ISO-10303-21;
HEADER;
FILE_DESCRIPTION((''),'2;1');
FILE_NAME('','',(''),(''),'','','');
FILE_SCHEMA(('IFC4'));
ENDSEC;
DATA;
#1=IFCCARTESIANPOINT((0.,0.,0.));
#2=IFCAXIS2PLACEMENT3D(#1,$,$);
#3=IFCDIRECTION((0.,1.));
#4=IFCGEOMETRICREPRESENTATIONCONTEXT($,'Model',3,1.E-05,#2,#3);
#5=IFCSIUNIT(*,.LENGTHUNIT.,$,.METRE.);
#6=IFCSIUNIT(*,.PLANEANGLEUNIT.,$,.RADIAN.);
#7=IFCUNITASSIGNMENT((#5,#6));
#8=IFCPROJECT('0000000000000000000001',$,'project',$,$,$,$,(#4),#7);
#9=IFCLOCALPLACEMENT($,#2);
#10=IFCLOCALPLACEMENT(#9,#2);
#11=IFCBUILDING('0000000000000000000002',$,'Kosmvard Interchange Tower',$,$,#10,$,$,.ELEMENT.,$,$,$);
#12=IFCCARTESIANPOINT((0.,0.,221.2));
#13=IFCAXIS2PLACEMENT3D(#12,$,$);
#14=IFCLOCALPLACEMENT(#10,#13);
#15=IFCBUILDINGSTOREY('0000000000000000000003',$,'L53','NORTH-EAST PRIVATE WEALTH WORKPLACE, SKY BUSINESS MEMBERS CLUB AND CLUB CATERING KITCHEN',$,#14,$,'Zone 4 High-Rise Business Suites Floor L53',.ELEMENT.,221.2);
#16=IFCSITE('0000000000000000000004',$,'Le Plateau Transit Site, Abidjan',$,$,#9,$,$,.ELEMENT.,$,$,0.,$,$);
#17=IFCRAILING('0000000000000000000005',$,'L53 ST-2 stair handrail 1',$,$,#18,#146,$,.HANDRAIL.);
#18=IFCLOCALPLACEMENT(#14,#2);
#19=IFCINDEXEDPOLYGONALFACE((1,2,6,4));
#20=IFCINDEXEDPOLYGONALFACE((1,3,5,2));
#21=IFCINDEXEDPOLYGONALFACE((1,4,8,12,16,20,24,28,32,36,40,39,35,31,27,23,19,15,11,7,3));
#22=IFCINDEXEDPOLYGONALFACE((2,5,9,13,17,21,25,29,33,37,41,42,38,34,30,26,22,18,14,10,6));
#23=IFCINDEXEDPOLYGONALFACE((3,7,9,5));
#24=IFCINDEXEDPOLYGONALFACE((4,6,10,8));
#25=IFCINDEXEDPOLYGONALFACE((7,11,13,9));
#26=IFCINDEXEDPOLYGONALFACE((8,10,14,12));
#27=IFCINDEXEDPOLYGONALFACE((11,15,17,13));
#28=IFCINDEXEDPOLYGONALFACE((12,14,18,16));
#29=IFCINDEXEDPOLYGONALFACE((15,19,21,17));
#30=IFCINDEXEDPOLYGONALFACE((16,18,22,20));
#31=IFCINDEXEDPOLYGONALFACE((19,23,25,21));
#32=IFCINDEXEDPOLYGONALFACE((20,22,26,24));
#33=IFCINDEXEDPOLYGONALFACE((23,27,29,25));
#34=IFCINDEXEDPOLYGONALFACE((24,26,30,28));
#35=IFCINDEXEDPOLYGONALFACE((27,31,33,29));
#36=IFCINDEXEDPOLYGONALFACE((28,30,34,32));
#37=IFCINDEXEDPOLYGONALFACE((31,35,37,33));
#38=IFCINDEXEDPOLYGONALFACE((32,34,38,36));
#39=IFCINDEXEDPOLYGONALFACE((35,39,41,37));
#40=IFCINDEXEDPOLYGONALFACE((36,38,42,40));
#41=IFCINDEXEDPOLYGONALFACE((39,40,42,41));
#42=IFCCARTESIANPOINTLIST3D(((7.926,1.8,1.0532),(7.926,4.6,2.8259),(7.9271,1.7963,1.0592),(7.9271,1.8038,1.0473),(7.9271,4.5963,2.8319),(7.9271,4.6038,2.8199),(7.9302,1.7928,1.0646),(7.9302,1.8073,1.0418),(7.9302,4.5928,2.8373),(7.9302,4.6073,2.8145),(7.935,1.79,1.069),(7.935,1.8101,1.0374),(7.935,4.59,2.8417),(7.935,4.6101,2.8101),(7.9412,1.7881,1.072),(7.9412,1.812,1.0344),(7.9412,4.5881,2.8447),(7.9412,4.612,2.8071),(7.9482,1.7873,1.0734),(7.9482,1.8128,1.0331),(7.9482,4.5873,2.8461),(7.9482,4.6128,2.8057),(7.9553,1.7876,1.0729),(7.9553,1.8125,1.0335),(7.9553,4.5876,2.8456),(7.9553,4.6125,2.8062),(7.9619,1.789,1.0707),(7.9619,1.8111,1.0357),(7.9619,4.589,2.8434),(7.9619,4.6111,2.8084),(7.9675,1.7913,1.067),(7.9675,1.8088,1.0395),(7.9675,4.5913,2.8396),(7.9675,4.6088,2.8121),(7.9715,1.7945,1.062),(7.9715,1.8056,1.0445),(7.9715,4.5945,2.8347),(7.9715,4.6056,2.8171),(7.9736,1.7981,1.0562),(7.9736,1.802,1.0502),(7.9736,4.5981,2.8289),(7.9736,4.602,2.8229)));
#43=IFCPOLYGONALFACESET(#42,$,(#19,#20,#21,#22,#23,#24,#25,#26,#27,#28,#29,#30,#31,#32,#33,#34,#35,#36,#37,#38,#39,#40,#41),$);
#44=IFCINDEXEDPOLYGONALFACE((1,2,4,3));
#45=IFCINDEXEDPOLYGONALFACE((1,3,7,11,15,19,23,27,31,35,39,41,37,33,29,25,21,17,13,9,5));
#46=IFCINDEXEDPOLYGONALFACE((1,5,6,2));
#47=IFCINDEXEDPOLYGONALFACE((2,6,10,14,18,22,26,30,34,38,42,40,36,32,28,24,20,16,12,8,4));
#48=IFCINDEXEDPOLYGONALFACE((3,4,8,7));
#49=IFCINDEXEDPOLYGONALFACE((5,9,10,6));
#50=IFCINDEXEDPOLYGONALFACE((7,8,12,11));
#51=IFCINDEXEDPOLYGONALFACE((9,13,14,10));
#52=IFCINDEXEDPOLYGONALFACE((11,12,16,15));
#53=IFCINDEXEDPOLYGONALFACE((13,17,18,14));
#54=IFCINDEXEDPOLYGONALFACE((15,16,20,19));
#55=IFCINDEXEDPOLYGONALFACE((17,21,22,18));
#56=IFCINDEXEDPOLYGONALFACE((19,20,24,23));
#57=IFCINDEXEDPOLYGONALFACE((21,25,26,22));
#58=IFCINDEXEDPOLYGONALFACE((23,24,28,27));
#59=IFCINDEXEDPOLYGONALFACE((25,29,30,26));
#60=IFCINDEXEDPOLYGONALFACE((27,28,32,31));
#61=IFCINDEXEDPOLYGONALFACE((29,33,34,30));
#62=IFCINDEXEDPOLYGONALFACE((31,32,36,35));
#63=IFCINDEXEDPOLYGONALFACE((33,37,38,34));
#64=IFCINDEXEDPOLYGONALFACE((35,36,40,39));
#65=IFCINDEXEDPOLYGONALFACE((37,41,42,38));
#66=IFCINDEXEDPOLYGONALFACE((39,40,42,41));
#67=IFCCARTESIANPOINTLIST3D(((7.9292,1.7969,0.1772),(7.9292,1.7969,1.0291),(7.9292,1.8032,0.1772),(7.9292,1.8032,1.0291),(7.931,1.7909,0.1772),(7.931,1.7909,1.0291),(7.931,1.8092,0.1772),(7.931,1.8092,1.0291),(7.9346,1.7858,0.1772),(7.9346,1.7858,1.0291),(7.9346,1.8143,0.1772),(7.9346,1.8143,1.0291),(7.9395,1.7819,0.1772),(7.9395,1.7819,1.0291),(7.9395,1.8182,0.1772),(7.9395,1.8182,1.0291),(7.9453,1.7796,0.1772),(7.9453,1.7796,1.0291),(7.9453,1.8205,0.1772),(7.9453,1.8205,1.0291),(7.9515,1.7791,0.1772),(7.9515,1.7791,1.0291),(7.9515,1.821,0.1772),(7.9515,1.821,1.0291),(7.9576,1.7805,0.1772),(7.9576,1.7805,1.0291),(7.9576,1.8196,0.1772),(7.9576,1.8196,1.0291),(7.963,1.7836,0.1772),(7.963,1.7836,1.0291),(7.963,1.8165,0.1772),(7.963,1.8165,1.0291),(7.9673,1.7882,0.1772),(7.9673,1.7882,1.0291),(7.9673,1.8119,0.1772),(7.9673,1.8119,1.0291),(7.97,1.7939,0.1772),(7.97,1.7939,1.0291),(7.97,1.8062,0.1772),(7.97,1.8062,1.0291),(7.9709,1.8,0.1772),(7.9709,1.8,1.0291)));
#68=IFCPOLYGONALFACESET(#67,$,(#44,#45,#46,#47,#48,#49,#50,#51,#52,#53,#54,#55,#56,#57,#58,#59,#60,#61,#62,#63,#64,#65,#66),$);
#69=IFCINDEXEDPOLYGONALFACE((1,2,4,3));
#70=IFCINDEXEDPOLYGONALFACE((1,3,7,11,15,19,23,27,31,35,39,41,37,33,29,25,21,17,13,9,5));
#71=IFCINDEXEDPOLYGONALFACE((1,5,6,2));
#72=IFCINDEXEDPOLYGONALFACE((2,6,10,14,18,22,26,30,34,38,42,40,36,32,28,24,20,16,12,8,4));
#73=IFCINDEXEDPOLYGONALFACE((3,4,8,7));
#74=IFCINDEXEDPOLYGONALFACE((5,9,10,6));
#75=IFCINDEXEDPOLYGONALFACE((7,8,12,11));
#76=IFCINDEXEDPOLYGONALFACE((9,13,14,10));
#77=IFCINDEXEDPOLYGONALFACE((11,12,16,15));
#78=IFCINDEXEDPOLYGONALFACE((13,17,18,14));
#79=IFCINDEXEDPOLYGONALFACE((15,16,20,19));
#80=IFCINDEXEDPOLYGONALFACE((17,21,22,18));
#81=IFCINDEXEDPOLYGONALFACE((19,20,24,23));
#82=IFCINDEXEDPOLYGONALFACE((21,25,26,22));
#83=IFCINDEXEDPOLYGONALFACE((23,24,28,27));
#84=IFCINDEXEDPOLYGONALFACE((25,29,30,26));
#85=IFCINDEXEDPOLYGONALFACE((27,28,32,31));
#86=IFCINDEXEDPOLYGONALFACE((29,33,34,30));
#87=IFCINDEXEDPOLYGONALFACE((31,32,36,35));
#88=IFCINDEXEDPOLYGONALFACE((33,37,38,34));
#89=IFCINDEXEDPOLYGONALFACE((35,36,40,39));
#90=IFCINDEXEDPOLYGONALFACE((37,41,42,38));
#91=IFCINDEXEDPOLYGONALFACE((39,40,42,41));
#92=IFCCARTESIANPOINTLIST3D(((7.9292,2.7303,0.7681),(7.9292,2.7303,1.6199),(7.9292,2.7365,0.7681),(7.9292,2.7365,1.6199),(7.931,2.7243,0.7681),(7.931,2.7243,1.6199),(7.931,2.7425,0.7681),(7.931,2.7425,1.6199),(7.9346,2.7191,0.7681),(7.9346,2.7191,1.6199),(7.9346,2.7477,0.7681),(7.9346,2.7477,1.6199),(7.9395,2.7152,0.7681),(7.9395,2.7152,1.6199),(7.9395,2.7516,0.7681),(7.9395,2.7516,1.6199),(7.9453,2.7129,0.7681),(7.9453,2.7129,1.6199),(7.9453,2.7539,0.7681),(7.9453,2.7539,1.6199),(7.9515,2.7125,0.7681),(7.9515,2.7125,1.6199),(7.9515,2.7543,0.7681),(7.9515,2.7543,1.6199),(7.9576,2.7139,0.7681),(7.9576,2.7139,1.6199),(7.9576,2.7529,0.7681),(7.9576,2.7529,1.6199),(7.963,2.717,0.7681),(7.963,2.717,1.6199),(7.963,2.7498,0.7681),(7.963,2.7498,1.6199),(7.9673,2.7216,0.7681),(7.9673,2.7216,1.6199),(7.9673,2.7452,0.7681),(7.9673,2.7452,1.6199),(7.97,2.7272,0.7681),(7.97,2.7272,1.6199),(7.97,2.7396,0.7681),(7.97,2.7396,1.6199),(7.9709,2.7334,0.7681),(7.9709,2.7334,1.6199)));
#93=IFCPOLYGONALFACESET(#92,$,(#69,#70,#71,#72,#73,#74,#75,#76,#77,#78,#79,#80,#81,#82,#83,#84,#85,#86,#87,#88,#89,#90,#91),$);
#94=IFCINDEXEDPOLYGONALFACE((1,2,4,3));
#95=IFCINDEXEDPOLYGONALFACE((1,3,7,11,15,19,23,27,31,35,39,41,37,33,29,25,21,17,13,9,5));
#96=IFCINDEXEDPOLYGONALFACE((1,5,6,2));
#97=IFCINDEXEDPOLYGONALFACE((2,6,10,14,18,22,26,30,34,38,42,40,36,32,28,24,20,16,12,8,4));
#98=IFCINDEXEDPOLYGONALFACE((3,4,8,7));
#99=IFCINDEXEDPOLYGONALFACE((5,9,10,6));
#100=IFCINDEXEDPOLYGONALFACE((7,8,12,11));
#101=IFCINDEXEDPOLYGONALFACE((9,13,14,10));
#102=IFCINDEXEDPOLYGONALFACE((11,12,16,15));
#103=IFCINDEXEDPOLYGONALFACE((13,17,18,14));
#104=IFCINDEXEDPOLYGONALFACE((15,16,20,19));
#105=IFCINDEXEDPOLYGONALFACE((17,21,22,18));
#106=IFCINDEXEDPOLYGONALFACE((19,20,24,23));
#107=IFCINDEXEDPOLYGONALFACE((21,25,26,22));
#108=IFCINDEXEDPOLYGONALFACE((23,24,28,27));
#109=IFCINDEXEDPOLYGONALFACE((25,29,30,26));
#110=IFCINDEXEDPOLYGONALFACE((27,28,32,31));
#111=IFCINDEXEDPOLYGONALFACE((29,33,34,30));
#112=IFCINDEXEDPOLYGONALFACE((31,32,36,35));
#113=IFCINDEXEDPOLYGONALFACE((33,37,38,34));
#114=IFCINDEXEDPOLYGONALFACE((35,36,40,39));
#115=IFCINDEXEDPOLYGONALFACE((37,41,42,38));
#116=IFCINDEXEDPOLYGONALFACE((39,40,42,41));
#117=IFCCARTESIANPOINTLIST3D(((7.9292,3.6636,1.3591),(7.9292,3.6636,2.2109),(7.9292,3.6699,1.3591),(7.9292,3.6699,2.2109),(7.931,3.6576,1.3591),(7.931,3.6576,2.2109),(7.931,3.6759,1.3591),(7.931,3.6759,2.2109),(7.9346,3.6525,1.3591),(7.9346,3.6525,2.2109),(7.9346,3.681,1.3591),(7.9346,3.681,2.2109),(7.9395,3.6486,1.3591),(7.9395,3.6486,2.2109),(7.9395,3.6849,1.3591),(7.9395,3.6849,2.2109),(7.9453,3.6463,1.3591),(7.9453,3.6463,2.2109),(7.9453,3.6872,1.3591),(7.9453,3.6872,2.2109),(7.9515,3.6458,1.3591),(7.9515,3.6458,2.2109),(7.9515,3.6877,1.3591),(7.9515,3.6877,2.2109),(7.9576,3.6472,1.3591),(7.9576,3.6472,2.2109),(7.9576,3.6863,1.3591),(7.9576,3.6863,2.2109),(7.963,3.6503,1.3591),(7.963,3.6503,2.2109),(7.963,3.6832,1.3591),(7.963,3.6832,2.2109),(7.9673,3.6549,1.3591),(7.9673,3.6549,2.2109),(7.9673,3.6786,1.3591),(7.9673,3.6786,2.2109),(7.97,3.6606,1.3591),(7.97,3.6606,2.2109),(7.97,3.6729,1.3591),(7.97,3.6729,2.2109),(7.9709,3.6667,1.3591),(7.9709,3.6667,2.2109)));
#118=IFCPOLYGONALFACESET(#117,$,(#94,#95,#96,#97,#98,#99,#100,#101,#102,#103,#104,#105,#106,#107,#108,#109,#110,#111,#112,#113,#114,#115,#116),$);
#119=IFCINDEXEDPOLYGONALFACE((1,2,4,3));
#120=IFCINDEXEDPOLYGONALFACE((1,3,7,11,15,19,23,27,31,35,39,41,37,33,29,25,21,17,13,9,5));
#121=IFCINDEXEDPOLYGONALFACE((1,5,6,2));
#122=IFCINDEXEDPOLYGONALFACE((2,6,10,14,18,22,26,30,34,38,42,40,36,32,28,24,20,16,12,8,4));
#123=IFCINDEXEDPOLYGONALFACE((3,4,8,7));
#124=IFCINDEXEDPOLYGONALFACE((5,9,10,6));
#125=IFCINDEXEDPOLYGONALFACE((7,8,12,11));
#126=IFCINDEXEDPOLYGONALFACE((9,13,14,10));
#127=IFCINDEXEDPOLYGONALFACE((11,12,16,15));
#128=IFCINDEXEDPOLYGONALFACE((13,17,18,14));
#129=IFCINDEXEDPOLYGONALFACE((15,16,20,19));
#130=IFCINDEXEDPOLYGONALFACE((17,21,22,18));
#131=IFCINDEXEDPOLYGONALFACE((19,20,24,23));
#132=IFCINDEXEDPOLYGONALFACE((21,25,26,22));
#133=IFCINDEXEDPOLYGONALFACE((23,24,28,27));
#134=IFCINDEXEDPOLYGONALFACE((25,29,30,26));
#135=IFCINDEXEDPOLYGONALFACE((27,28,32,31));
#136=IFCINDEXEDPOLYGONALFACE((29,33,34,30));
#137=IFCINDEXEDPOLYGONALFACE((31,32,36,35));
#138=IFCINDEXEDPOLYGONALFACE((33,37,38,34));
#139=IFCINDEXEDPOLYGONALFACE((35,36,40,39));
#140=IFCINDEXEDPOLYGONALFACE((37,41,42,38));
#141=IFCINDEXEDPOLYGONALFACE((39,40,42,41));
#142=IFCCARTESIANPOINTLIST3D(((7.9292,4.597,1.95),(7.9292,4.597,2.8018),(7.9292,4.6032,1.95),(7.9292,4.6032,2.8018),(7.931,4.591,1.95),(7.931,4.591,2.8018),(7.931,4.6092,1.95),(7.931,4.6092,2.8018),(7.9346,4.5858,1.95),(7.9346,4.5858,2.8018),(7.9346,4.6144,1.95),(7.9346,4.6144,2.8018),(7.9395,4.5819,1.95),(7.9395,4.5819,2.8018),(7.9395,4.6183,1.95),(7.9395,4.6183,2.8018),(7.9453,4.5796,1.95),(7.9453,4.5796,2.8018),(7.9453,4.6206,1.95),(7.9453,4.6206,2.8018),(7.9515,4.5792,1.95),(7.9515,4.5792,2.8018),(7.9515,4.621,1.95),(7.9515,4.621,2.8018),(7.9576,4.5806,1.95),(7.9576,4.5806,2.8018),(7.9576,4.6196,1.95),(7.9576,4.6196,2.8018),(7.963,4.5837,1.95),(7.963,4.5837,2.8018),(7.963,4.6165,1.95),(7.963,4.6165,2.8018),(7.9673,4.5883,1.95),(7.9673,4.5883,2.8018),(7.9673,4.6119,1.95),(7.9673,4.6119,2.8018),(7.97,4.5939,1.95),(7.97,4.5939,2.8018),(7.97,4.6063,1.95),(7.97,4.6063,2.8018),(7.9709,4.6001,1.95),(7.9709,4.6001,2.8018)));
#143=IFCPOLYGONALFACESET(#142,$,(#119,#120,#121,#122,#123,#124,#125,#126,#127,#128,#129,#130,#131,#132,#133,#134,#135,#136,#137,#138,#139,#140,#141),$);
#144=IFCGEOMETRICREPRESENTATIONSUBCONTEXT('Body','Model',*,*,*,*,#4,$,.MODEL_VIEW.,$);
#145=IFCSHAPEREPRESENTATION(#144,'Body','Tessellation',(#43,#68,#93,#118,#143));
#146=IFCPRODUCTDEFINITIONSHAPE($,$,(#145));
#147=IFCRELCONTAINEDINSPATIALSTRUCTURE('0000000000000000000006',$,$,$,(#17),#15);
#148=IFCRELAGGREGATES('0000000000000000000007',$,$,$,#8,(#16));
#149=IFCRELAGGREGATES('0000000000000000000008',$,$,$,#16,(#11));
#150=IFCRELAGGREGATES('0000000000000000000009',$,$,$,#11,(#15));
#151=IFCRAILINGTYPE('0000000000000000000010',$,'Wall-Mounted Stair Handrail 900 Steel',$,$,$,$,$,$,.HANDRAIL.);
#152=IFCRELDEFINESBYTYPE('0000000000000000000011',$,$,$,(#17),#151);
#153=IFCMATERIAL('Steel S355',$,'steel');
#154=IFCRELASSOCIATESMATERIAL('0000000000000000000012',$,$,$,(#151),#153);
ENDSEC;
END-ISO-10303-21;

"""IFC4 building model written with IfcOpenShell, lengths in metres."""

from ifc_helpers import new_model, si_unit, direction, frame, origin, origin_2d, place, context, subcontext, project, spatial, circle, extrude, source, transform, mapped, material, type_object, element, save


model = new_model("IFC4")

# Units and contexts
model_context = context("Model", 3, precision=1e-05, world=origin(), true_north=direction((0.0, 1.0)))
body_context = subcontext(model_context, "Body", "Model", "MODEL_VIEW")
ifc_project = project(units=[si_unit("LENGTHUNIT", "METRE"), si_unit("PLANEANGLEUNIT", "RADIAN")], contexts=[model_context])

# Site, building, storey
site_placement = place(None, origin())
site = spatial("IfcSite", under=ifc_project, at=site_placement, Name="Le Plateau Transit Site, Abidjan", CompositionType="ELEMENT", RefElevation=0.0)
building_placement = place(site_placement, origin())
building = spatial("IfcBuilding", under=site, at=building_placement, Name="Kosmvard Interchange Tower", CompositionType="ELEMENT")
storey_placement = place(building_placement, frame((0.0, 0.0, 221.2)))
storey = spatial("IfcBuildingStorey", under=building, at=storey_placement, Name="L53", Description="NORTH-EAST PRIVATE WEALTH WORKPLACE, SKY BUSINESS MEMBERS CLUB AND CLUB CATERING KITCHEN", LongName="Zone 4 High-Rise Business Suites Floor L53", CompositionType="ELEMENT", Elevation=221.2)

# Shared definitions
ifc_material_1 = material(Name="Steel S355", Category="steel")

# Railing
railing_type_1 = type_object("IfcRailingType", Name="Wall-Mounted Stair Handrail 900 Steel", PredefinedType="HANDRAIL", material=ifc_material_1)
shared_shape_1 = source(origin(), body_context, "Body", "SweptSolid", [
    extrude(circle(Radius=0.0239, at=origin_2d()), frame((0.0, 0.0, 0.876), z_axis=(0.0, 0.844909, 0.53491), x_axis=(-1.0, 0.0, 0.0)), (0.0, 0.0, 1.0), 3.314),
    extrude(circle(Radius=0.021, at=origin_2d()), origin(), (0.0, 0.0, 1.0), 0.8518),
    extrude(circle(Radius=0.021, at=origin_2d()), frame((0.0, 0.9333, 0.5908)), (0.0, 0.0, 1.0), 0.8518),
    extrude(circle(Radius=0.021, at=origin_2d()), frame((0.0, 1.8667, 1.1819)), (0.0, 0.0, 1.0), 0.8518),
    extrude(circle(Radius=0.021, at=origin_2d()), frame((0.0, 2.8, 1.7727)), (0.0, 0.0, 1.0), 0.8518),
])
railing_1_placement = place(storey_placement, frame((7.95, 1.8, 0.1772)))
element("IfcRailing", 1, at=railing_1_placement, inside=storey, type_object=railing_type_1, Name="L53 ST-2 stair handrail 1", PredefinedType="HANDRAIL", context=body_context, shape_type="MappedRepresentation", body=[
    mapped(shared_shape_1, transform((0.0, 0.0, 0.0), scale=1.0)),
])

save(model, "model.ifc")
